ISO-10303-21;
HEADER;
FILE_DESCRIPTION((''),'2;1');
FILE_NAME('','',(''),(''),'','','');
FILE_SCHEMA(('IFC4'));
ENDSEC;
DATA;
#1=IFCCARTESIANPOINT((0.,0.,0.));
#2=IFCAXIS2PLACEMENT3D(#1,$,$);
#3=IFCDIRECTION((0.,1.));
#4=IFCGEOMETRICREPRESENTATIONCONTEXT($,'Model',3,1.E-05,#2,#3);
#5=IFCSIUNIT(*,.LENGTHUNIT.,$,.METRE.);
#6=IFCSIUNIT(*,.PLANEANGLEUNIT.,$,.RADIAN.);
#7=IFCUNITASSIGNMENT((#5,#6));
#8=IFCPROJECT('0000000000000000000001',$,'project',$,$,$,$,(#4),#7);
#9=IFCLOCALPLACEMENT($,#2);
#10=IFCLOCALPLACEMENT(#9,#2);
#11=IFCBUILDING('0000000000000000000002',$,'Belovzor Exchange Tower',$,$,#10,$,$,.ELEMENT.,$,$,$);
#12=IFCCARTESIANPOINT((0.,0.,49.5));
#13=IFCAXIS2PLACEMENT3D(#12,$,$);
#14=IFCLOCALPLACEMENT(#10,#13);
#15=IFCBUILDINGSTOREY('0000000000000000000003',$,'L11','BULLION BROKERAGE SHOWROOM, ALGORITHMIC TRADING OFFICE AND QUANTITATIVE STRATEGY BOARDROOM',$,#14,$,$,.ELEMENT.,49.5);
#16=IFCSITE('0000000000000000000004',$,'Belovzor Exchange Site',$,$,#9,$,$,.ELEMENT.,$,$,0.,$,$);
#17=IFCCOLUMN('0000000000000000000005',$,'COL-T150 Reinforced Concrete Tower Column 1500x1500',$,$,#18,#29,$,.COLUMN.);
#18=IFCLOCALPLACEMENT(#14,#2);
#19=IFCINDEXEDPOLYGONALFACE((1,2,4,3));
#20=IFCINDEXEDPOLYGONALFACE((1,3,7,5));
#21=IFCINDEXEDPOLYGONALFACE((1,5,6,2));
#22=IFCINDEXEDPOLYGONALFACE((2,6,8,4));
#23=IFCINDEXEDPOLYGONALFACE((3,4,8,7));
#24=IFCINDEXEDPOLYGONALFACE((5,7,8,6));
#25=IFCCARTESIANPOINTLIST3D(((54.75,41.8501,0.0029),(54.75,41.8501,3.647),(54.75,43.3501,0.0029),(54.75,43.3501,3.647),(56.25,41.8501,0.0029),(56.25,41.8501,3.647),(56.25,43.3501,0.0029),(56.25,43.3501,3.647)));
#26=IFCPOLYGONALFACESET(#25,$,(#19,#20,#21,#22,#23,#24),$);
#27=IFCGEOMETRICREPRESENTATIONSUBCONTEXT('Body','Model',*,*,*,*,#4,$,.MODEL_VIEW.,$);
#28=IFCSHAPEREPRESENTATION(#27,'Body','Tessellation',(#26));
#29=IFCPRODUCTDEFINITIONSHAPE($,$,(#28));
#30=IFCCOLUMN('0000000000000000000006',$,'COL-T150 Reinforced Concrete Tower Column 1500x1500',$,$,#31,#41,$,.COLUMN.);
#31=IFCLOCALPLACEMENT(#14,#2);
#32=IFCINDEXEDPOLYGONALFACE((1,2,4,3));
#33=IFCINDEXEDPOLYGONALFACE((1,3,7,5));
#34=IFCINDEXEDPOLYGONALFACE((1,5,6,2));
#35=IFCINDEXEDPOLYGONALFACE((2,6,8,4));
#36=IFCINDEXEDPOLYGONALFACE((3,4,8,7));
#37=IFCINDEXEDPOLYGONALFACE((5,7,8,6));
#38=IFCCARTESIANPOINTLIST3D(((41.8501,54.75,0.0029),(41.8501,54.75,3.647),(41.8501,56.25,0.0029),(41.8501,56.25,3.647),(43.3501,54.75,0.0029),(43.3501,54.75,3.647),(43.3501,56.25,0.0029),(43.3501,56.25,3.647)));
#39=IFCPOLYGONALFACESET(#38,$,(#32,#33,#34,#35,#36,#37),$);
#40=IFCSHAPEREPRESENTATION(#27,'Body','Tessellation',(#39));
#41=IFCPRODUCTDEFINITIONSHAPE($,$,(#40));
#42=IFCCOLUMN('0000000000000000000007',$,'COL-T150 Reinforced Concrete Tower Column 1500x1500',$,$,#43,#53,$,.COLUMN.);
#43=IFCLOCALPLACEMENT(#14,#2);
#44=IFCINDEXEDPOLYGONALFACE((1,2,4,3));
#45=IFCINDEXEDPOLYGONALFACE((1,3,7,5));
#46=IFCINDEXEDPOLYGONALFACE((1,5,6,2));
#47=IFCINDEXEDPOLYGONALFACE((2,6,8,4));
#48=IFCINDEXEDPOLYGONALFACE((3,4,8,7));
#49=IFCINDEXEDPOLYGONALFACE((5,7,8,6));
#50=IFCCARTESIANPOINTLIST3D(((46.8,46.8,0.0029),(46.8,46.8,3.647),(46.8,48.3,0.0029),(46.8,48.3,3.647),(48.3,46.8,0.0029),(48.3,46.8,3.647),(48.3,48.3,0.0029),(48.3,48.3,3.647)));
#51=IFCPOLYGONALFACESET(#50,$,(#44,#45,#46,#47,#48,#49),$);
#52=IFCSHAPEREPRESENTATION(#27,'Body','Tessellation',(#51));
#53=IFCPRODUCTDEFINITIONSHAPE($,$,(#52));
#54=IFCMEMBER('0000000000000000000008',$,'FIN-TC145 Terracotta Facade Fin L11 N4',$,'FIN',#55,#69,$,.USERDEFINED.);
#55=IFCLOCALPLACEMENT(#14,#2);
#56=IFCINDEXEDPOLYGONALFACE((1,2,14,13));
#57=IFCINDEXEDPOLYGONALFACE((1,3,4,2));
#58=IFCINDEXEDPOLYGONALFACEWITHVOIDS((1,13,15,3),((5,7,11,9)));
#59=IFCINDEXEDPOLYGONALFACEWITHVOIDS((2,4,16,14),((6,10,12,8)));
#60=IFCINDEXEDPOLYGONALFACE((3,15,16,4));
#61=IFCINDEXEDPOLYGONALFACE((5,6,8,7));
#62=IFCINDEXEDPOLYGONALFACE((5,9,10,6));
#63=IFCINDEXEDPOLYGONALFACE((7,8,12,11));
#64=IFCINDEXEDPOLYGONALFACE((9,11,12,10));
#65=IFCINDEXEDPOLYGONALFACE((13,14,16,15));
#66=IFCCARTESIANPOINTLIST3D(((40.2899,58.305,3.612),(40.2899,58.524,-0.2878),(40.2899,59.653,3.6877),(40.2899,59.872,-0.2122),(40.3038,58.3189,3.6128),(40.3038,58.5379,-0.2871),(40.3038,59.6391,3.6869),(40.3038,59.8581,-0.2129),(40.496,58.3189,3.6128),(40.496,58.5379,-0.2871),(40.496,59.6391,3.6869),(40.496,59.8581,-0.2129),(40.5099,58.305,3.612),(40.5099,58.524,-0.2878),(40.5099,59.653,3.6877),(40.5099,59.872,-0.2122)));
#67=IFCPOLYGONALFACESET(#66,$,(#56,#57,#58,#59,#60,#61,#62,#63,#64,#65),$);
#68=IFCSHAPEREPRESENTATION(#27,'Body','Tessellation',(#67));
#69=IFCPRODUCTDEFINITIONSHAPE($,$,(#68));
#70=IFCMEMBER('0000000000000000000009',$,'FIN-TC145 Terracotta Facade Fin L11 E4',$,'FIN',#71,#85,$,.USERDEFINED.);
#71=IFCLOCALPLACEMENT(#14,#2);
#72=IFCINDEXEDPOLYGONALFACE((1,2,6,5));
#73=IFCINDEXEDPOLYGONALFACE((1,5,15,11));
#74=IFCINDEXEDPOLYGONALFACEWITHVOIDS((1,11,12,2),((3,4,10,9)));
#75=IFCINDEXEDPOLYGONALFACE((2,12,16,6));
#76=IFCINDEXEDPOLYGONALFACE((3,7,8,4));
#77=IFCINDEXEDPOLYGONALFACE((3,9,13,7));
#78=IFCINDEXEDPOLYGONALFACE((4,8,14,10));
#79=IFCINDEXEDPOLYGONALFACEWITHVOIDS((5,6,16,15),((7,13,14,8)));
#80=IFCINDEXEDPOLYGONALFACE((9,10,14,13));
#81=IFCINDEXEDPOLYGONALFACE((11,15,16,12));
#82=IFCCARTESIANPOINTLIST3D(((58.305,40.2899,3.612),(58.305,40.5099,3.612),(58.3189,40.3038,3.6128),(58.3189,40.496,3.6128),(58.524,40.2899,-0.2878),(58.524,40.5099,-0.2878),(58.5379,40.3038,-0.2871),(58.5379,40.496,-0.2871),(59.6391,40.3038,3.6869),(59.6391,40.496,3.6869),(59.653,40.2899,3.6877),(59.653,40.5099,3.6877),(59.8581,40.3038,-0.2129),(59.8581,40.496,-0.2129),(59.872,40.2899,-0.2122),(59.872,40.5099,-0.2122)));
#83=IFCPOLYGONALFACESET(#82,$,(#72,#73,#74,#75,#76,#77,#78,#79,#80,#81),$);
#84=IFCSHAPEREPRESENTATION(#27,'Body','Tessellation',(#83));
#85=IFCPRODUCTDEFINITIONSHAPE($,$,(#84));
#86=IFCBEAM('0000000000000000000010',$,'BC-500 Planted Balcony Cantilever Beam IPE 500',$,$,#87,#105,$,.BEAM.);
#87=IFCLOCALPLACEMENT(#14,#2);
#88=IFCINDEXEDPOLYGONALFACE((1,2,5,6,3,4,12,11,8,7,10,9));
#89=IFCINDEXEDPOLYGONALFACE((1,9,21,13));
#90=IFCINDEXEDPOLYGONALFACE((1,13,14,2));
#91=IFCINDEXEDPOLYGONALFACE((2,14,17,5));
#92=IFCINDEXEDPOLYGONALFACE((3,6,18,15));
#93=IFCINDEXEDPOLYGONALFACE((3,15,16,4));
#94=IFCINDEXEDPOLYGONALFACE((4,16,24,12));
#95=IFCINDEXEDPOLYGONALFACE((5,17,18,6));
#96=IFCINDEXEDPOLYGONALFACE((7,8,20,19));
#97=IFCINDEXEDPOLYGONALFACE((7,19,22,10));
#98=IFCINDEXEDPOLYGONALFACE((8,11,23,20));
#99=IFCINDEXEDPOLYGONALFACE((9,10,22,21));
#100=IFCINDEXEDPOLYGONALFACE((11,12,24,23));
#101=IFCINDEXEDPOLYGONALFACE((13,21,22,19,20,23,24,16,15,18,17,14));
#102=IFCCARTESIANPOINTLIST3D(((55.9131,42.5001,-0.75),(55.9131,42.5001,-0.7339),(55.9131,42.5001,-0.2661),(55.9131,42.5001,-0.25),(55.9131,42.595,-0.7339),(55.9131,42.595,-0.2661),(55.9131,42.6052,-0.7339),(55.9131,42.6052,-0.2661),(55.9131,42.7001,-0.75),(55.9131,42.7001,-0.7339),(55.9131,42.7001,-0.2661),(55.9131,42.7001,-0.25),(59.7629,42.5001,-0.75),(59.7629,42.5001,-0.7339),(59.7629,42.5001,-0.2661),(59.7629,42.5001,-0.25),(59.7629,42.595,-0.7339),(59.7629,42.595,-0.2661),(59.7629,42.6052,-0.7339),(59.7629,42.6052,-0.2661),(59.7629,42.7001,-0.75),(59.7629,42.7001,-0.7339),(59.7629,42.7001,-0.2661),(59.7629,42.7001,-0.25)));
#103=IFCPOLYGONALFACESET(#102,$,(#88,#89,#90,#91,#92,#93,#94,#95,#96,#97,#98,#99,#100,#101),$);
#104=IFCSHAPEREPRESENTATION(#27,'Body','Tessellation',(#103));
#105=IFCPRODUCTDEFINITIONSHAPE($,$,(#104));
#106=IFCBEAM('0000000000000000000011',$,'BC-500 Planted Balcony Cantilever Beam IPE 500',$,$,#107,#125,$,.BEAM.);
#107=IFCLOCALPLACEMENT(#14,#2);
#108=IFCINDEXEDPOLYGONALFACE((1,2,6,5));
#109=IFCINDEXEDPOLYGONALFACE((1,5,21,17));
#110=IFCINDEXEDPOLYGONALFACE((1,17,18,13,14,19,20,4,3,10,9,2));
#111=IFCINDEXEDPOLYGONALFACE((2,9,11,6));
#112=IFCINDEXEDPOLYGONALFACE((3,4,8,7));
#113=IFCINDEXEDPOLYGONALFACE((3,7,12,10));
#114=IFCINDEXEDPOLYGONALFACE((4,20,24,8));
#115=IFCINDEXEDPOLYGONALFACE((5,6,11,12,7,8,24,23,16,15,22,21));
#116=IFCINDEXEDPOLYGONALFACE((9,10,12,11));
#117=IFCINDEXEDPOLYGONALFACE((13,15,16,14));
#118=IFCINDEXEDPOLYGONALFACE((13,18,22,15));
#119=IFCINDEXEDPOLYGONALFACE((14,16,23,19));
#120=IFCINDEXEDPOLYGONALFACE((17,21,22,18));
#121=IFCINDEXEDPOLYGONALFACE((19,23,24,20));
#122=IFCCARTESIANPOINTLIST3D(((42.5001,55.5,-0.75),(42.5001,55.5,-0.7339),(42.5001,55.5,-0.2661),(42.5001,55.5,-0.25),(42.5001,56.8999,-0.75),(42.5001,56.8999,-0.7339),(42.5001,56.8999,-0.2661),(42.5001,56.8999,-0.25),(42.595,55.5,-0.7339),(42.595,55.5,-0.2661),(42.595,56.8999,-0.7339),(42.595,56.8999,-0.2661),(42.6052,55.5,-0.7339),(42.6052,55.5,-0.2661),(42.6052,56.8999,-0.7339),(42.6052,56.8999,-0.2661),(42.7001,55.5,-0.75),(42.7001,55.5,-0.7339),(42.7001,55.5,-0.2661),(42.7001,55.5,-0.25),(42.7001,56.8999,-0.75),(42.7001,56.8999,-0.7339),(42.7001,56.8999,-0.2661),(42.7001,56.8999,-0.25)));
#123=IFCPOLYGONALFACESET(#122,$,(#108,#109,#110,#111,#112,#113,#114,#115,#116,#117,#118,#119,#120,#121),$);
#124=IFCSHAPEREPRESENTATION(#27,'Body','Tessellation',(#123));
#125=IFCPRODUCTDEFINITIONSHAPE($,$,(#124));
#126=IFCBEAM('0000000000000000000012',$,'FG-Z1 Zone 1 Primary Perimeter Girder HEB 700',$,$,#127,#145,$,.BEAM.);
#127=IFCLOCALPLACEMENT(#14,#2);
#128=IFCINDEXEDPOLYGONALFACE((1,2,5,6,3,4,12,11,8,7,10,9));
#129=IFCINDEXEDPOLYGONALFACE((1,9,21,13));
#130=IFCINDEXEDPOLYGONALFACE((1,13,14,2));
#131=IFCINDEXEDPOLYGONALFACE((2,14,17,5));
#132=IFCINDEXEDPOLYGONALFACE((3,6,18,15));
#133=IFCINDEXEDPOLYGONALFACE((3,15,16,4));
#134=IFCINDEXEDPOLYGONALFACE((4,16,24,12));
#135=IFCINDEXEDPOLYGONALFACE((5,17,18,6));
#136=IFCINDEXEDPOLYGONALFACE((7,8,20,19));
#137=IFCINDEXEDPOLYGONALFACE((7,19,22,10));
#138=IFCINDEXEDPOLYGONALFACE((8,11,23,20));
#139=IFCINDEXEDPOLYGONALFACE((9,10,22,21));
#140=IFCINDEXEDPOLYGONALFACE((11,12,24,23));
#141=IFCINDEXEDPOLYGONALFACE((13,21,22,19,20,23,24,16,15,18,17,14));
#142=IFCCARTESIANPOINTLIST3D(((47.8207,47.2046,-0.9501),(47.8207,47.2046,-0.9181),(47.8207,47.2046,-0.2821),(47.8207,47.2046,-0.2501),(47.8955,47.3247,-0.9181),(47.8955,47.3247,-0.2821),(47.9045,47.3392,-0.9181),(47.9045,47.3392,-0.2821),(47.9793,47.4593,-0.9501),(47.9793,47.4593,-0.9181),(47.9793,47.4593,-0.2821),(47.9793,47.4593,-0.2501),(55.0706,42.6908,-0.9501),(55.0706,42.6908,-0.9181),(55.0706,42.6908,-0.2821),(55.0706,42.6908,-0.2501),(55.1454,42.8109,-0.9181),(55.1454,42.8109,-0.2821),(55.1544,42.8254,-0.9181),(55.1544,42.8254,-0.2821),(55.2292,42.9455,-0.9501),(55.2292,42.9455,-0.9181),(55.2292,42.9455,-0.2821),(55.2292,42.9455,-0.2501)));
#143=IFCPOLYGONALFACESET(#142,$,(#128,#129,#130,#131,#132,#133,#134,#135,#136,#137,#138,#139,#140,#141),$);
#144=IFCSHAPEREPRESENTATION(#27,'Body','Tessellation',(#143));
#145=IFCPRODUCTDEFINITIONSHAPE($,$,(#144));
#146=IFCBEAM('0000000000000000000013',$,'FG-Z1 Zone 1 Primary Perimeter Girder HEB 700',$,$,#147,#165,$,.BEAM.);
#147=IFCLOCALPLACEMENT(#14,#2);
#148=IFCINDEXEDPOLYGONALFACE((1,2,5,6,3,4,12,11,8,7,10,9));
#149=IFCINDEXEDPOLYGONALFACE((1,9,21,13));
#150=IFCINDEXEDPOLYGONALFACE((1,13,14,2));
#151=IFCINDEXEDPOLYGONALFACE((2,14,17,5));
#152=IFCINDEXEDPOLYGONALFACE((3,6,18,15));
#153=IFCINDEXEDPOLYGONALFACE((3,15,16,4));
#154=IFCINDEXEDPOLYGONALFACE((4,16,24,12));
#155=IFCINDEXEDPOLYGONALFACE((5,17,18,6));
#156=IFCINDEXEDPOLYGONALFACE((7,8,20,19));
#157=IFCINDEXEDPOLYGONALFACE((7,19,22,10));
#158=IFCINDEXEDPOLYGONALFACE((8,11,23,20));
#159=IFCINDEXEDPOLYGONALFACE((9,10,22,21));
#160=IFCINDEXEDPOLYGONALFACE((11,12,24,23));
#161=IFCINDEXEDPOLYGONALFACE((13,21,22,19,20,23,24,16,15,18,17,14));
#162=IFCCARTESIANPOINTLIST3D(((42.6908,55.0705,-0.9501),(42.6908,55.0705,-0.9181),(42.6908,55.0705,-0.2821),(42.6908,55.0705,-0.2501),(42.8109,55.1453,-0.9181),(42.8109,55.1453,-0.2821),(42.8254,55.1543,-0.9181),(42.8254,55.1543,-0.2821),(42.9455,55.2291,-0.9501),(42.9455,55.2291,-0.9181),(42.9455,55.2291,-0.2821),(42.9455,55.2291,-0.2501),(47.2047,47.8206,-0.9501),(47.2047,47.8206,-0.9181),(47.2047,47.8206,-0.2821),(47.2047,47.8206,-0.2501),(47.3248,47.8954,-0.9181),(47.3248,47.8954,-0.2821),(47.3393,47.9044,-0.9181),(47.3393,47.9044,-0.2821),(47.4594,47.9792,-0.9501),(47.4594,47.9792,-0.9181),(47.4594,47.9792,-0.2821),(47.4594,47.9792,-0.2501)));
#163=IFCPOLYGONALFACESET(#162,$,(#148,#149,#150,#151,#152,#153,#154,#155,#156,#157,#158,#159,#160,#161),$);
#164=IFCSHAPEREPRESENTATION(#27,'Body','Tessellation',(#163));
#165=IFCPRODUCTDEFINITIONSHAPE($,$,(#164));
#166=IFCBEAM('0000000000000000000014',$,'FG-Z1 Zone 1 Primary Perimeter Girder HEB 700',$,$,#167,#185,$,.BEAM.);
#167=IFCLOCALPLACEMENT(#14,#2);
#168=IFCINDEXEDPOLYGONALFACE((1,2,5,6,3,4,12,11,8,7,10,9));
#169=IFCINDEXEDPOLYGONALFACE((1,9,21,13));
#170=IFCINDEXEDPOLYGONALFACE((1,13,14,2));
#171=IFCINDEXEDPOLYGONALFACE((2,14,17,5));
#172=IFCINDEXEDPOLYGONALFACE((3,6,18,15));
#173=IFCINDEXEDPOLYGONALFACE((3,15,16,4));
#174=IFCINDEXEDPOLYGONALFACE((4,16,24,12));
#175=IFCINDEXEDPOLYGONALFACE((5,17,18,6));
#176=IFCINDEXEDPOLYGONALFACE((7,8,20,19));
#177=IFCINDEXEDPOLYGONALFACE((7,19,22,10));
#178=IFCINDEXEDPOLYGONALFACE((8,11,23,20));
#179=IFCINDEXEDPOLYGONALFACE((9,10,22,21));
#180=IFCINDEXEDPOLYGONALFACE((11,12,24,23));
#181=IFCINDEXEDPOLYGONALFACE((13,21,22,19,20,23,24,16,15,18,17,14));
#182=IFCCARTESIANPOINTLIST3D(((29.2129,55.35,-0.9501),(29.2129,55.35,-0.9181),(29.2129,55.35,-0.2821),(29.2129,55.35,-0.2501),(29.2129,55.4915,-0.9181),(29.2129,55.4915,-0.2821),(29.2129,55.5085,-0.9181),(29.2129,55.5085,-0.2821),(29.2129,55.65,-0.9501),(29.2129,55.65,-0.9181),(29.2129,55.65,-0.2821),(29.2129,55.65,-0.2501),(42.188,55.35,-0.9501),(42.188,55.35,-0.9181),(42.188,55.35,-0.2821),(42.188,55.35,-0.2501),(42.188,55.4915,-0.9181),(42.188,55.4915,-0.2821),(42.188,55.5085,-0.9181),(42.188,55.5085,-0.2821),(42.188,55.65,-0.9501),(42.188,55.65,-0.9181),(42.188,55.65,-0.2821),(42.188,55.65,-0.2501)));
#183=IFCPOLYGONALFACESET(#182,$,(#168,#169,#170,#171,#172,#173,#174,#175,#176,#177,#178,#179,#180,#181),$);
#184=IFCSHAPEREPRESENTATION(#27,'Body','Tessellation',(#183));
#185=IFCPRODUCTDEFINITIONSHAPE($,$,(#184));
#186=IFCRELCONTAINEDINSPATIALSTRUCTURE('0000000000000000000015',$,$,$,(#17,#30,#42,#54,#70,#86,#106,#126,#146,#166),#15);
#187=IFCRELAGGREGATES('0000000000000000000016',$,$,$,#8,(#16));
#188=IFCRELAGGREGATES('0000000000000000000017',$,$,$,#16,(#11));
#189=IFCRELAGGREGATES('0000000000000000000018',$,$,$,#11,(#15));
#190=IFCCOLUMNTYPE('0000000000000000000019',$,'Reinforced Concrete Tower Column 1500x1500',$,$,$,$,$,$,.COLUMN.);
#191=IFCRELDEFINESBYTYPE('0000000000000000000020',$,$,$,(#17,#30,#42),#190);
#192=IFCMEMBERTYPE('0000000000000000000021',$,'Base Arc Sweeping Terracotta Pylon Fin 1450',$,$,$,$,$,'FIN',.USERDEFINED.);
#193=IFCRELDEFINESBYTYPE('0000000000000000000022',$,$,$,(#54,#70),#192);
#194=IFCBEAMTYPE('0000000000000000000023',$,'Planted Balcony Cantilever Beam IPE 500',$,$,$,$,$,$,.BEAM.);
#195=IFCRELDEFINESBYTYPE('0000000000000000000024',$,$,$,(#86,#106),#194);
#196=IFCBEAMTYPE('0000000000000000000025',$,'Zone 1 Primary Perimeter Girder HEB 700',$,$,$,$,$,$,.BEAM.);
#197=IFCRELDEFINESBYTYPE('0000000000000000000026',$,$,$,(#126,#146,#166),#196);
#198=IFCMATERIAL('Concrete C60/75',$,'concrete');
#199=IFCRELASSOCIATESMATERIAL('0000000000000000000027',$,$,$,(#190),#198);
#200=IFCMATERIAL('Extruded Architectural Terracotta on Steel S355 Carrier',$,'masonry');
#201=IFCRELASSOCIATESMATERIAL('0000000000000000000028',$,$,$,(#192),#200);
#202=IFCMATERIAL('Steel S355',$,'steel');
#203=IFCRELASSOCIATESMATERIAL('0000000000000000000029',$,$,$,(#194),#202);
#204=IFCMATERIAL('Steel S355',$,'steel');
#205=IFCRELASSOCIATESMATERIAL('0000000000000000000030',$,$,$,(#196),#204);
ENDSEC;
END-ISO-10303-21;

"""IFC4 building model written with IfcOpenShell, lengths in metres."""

from ifc_helpers import new_model, si_unit, direction, frame, origin, origin_2d, place, context, subcontext, project, spatial, rectangle, hollow_rectangle, i_section, extrude, material, material_profile, profile_set, type_object, element, save


model = new_model("IFC4")

# Units and contexts
model_context = context("Model", 3, precision=1e-05, world=origin(), true_north=direction((0.0, 1.0)))
body_context = subcontext(model_context, "Body", "Model", "MODEL_VIEW")
ifc_project = project(units=[si_unit("LENGTHUNIT", "METRE"), si_unit("PLANEANGLEUNIT", "RADIAN")], contexts=[model_context])

# Site, building, storey
site_placement = place(None, origin())
site = spatial("IfcSite", under=ifc_project, at=site_placement, Name="Belovzor Exchange Site", CompositionType="ELEMENT", RefElevation=0.0)
building_placement = place(site_placement, origin())
building = spatial("IfcBuilding", under=site, at=building_placement, Name="Belovzor Exchange Tower", CompositionType="ELEMENT")
storey_placement = place(building_placement, frame((0.0, 0.0, 49.5)))
storey = spatial("IfcBuildingStorey", under=building, at=storey_placement, Name="L11", Description="BULLION BROKERAGE SHOWROOM, ALGORITHMIC TRADING OFFICE AND QUANTITATIVE STRATEGY BOARDROOM", CompositionType="ELEMENT", Elevation=49.5)

# Columns
ifc_material_1 = material(Name="Concrete C60/75", Category="concrete")
ifc_material_profile_1 = material_profile(ifc_material_1, rectangle(XDim=1.5, YDim=1.5, at=origin_2d()))
ifc_profile_set_1 = profile_set([ifc_material_profile_1], Name="Concrete C60/75")
column_type = type_object("IfcColumnType", Name="Reinforced Concrete Tower Column 1500x1500", PredefinedType="COLUMN", material=ifc_profile_set_1)
for number, where, z_axis, x_axis, name in (
    (1, (55.5, 42.6001, 0.0029), (0.0, 0.0, 1.0), (1.0, 0.0, 0.0), "COL-T150 Reinforced Concrete Tower Column 1500x1500"),
    (2, (42.6001, 55.5, 0.0029), (0.0, 0.0, 1.0), (1.0, 0.0, 0.0), "COL-T150 Reinforced Concrete Tower Column 1500x1500"),
    (3, (47.55, 47.55, 0.0029), (0.0, 0.0, 1.0), (1.0, 0.0, 0.0), "COL-T150 Reinforced Concrete Tower Column 1500x1500"),
):
    element("IfcColumn", number, at=place(storey_placement, frame(where, z_axis=z_axis, x_axis=x_axis)), inside=storey, type_object=column_type, Name=name, PredefinedType="COLUMN", context=body_context, shape_type="SweptSolid", body=[
        extrude(rectangle(XDim=1.5, YDim=1.5, at=origin_2d()), origin(), (0.0, 0.0, 1.0), 3.644),
    ])

# Members
ifc_material_2 = material(Name="Extruded Architectural Terracotta on Steel S355 Carrier", Category="masonry")
ifc_material_profile_2 = material_profile(ifc_material_2, hollow_rectangle(XDim=0.22, YDim=1.3501, WallThickness=0.0139, at=origin_2d()))
ifc_profile_set_2 = profile_set([ifc_material_profile_2], Name="Extruded Architectural Terracotta on Steel S355 Carrier")
member_type = type_object("IfcMemberType", Name="Base Arc Sweeping Terracotta Pylon Fin 1450", ElementType="FIN", PredefinedType="USERDEFINED", material=ifc_profile_set_2)
for number, where, z_axis, x_axis, name in (
    (4, (40.3999, 59.198, -0.25), (0.0, -0.056065, 0.998427), (1.0, 0.0, 0.0), "FIN-TC145 Terracotta Facade Fin L11 N4"),
    (5, (59.198, 40.3999, -0.25), (-0.056065, 0.0, 0.998427), (0.0, -1.0, 0.0), "FIN-TC145 Terracotta Facade Fin L11 E4"),
):
    element("IfcMember", number, at=place(storey_placement, frame(where, z_axis=z_axis, x_axis=x_axis)), inside=storey, type_object=member_type, Name=name, ObjectType="FIN", PredefinedType="USERDEFINED", context=body_context, shape_type="SweptSolid", body=[
        extrude(hollow_rectangle(XDim=0.22, YDim=1.3501, WallThickness=0.0139, at=origin_2d()), origin(), (0.0, 0.0, 1.0), 3.906),
    ])

# Beams
ifc_material_3 = material(Name="Steel S355", Category="steel")
ifc_material_profile_3 = material_profile(ifc_material_3, i_section(OverallWidth=0.2, OverallDepth=0.5, WebThickness=0.0103, FlangeThickness=0.0161, at=origin_2d()))
ifc_profile_set_3 = profile_set([ifc_material_profile_3], Name="Steel S355")
beam_type_1 = type_object("IfcBeamType", Name="Planted Balcony Cantilever Beam IPE 500", PredefinedType="BEAM", material=ifc_profile_set_3)
beam_1_placement = place(storey_placement, frame((55.9131, 42.6001, -0.5), z_axis=(1.0, 0.0, 0.0), x_axis=(0.0, 1.0, 0.0)))
element("IfcBeam", 6, at=beam_1_placement, inside=storey, type_object=beam_type_1, Name="BC-500 Planted Balcony Cantilever Beam IPE 500", PredefinedType="BEAM", context=body_context, shape_type="SweptSolid", body=[
    extrude(i_section(OverallWidth=0.2, OverallDepth=0.5, WebThickness=0.0103, FlangeThickness=0.0161, at=origin_2d()), origin(), (0.0, 0.0, 1.0), 3.8499),
])
beam_2_placement = place(storey_placement, frame((42.6001, 55.5, -0.5), z_axis=(0.0, 1.0, 0.0), x_axis=(-1.0, 0.0, 0.0)))
element("IfcBeam", 7, at=beam_2_placement, inside=storey, type_object=beam_type_1, Name="BC-500 Planted Balcony Cantilever Beam IPE 500", PredefinedType="BEAM", context=body_context, shape_type="SweptSolid", body=[
    extrude(i_section(OverallWidth=0.2, OverallDepth=0.5, WebThickness=0.0103, FlangeThickness=0.0161, at=origin_2d()), origin(), (0.0, 0.0, 1.0), 1.3999),
])
ifc_material_4 = material(Name="Steel S355", Category="steel")
ifc_material_profile_4 = material_profile(ifc_material_4, i_section(OverallWidth=0.3, OverallDepth=0.7, WebThickness=0.0171, FlangeThickness=0.032, at=origin_2d()))
ifc_profile_set_4 = profile_set([ifc_material_profile_4], Name="Steel S355")
beam_type_2 = type_object("IfcBeamType", Name="Zone 1 Primary Perimeter Girder HEB 700", PredefinedType="BEAM", material=ifc_profile_set_4)
for number, where, z_axis, x_axis, name in (
    (8, (55.1499, 42.8181, -0.6001), (-0.848909, 0.528539, 0.0), (-0.528539, -0.848909, 0.0), "FG-Z1 Zone 1 Primary Perimeter Girder HEB 700"),
    (9, (47.332, 47.8999, -0.6001), (-0.528539, 0.848909, 0.0), (-0.848909, -0.528539, 0.0), "FG-Z1 Zone 1 Primary Perimeter Girder HEB 700"),
):
    element("IfcBeam", number, at=place(storey_placement, frame(where, z_axis=z_axis, x_axis=x_axis)), inside=storey, type_object=beam_type_2, Name=name, PredefinedType="BEAM", context=body_context, shape_type="SweptSolid", body=[
        extrude(i_section(OverallWidth=0.3, OverallDepth=0.7, WebThickness=0.0171, FlangeThickness=0.032, at=origin_2d()), origin(), (0.0, 0.0, 1.0), 8.5403),
    ])
beam_3_placement = place(storey_placement, frame((42.188, 55.5, -0.6001), z_axis=(-1.0, 0.0, 0.0), x_axis=(0.0, -1.0, 0.0)))
element("IfcBeam", 10, at=beam_3_placement, inside=storey, type_object=beam_type_2, Name="FG-Z1 Zone 1 Primary Perimeter Girder HEB 700", PredefinedType="BEAM", context=body_context, shape_type="SweptSolid", body=[
    extrude(i_section(OverallWidth=0.3, OverallDepth=0.7, WebThickness=0.0171, FlangeThickness=0.032, at=origin_2d()), origin(), (0.0, 0.0, 1.0), 12.9751),
])

save(model, "model.ifc")
